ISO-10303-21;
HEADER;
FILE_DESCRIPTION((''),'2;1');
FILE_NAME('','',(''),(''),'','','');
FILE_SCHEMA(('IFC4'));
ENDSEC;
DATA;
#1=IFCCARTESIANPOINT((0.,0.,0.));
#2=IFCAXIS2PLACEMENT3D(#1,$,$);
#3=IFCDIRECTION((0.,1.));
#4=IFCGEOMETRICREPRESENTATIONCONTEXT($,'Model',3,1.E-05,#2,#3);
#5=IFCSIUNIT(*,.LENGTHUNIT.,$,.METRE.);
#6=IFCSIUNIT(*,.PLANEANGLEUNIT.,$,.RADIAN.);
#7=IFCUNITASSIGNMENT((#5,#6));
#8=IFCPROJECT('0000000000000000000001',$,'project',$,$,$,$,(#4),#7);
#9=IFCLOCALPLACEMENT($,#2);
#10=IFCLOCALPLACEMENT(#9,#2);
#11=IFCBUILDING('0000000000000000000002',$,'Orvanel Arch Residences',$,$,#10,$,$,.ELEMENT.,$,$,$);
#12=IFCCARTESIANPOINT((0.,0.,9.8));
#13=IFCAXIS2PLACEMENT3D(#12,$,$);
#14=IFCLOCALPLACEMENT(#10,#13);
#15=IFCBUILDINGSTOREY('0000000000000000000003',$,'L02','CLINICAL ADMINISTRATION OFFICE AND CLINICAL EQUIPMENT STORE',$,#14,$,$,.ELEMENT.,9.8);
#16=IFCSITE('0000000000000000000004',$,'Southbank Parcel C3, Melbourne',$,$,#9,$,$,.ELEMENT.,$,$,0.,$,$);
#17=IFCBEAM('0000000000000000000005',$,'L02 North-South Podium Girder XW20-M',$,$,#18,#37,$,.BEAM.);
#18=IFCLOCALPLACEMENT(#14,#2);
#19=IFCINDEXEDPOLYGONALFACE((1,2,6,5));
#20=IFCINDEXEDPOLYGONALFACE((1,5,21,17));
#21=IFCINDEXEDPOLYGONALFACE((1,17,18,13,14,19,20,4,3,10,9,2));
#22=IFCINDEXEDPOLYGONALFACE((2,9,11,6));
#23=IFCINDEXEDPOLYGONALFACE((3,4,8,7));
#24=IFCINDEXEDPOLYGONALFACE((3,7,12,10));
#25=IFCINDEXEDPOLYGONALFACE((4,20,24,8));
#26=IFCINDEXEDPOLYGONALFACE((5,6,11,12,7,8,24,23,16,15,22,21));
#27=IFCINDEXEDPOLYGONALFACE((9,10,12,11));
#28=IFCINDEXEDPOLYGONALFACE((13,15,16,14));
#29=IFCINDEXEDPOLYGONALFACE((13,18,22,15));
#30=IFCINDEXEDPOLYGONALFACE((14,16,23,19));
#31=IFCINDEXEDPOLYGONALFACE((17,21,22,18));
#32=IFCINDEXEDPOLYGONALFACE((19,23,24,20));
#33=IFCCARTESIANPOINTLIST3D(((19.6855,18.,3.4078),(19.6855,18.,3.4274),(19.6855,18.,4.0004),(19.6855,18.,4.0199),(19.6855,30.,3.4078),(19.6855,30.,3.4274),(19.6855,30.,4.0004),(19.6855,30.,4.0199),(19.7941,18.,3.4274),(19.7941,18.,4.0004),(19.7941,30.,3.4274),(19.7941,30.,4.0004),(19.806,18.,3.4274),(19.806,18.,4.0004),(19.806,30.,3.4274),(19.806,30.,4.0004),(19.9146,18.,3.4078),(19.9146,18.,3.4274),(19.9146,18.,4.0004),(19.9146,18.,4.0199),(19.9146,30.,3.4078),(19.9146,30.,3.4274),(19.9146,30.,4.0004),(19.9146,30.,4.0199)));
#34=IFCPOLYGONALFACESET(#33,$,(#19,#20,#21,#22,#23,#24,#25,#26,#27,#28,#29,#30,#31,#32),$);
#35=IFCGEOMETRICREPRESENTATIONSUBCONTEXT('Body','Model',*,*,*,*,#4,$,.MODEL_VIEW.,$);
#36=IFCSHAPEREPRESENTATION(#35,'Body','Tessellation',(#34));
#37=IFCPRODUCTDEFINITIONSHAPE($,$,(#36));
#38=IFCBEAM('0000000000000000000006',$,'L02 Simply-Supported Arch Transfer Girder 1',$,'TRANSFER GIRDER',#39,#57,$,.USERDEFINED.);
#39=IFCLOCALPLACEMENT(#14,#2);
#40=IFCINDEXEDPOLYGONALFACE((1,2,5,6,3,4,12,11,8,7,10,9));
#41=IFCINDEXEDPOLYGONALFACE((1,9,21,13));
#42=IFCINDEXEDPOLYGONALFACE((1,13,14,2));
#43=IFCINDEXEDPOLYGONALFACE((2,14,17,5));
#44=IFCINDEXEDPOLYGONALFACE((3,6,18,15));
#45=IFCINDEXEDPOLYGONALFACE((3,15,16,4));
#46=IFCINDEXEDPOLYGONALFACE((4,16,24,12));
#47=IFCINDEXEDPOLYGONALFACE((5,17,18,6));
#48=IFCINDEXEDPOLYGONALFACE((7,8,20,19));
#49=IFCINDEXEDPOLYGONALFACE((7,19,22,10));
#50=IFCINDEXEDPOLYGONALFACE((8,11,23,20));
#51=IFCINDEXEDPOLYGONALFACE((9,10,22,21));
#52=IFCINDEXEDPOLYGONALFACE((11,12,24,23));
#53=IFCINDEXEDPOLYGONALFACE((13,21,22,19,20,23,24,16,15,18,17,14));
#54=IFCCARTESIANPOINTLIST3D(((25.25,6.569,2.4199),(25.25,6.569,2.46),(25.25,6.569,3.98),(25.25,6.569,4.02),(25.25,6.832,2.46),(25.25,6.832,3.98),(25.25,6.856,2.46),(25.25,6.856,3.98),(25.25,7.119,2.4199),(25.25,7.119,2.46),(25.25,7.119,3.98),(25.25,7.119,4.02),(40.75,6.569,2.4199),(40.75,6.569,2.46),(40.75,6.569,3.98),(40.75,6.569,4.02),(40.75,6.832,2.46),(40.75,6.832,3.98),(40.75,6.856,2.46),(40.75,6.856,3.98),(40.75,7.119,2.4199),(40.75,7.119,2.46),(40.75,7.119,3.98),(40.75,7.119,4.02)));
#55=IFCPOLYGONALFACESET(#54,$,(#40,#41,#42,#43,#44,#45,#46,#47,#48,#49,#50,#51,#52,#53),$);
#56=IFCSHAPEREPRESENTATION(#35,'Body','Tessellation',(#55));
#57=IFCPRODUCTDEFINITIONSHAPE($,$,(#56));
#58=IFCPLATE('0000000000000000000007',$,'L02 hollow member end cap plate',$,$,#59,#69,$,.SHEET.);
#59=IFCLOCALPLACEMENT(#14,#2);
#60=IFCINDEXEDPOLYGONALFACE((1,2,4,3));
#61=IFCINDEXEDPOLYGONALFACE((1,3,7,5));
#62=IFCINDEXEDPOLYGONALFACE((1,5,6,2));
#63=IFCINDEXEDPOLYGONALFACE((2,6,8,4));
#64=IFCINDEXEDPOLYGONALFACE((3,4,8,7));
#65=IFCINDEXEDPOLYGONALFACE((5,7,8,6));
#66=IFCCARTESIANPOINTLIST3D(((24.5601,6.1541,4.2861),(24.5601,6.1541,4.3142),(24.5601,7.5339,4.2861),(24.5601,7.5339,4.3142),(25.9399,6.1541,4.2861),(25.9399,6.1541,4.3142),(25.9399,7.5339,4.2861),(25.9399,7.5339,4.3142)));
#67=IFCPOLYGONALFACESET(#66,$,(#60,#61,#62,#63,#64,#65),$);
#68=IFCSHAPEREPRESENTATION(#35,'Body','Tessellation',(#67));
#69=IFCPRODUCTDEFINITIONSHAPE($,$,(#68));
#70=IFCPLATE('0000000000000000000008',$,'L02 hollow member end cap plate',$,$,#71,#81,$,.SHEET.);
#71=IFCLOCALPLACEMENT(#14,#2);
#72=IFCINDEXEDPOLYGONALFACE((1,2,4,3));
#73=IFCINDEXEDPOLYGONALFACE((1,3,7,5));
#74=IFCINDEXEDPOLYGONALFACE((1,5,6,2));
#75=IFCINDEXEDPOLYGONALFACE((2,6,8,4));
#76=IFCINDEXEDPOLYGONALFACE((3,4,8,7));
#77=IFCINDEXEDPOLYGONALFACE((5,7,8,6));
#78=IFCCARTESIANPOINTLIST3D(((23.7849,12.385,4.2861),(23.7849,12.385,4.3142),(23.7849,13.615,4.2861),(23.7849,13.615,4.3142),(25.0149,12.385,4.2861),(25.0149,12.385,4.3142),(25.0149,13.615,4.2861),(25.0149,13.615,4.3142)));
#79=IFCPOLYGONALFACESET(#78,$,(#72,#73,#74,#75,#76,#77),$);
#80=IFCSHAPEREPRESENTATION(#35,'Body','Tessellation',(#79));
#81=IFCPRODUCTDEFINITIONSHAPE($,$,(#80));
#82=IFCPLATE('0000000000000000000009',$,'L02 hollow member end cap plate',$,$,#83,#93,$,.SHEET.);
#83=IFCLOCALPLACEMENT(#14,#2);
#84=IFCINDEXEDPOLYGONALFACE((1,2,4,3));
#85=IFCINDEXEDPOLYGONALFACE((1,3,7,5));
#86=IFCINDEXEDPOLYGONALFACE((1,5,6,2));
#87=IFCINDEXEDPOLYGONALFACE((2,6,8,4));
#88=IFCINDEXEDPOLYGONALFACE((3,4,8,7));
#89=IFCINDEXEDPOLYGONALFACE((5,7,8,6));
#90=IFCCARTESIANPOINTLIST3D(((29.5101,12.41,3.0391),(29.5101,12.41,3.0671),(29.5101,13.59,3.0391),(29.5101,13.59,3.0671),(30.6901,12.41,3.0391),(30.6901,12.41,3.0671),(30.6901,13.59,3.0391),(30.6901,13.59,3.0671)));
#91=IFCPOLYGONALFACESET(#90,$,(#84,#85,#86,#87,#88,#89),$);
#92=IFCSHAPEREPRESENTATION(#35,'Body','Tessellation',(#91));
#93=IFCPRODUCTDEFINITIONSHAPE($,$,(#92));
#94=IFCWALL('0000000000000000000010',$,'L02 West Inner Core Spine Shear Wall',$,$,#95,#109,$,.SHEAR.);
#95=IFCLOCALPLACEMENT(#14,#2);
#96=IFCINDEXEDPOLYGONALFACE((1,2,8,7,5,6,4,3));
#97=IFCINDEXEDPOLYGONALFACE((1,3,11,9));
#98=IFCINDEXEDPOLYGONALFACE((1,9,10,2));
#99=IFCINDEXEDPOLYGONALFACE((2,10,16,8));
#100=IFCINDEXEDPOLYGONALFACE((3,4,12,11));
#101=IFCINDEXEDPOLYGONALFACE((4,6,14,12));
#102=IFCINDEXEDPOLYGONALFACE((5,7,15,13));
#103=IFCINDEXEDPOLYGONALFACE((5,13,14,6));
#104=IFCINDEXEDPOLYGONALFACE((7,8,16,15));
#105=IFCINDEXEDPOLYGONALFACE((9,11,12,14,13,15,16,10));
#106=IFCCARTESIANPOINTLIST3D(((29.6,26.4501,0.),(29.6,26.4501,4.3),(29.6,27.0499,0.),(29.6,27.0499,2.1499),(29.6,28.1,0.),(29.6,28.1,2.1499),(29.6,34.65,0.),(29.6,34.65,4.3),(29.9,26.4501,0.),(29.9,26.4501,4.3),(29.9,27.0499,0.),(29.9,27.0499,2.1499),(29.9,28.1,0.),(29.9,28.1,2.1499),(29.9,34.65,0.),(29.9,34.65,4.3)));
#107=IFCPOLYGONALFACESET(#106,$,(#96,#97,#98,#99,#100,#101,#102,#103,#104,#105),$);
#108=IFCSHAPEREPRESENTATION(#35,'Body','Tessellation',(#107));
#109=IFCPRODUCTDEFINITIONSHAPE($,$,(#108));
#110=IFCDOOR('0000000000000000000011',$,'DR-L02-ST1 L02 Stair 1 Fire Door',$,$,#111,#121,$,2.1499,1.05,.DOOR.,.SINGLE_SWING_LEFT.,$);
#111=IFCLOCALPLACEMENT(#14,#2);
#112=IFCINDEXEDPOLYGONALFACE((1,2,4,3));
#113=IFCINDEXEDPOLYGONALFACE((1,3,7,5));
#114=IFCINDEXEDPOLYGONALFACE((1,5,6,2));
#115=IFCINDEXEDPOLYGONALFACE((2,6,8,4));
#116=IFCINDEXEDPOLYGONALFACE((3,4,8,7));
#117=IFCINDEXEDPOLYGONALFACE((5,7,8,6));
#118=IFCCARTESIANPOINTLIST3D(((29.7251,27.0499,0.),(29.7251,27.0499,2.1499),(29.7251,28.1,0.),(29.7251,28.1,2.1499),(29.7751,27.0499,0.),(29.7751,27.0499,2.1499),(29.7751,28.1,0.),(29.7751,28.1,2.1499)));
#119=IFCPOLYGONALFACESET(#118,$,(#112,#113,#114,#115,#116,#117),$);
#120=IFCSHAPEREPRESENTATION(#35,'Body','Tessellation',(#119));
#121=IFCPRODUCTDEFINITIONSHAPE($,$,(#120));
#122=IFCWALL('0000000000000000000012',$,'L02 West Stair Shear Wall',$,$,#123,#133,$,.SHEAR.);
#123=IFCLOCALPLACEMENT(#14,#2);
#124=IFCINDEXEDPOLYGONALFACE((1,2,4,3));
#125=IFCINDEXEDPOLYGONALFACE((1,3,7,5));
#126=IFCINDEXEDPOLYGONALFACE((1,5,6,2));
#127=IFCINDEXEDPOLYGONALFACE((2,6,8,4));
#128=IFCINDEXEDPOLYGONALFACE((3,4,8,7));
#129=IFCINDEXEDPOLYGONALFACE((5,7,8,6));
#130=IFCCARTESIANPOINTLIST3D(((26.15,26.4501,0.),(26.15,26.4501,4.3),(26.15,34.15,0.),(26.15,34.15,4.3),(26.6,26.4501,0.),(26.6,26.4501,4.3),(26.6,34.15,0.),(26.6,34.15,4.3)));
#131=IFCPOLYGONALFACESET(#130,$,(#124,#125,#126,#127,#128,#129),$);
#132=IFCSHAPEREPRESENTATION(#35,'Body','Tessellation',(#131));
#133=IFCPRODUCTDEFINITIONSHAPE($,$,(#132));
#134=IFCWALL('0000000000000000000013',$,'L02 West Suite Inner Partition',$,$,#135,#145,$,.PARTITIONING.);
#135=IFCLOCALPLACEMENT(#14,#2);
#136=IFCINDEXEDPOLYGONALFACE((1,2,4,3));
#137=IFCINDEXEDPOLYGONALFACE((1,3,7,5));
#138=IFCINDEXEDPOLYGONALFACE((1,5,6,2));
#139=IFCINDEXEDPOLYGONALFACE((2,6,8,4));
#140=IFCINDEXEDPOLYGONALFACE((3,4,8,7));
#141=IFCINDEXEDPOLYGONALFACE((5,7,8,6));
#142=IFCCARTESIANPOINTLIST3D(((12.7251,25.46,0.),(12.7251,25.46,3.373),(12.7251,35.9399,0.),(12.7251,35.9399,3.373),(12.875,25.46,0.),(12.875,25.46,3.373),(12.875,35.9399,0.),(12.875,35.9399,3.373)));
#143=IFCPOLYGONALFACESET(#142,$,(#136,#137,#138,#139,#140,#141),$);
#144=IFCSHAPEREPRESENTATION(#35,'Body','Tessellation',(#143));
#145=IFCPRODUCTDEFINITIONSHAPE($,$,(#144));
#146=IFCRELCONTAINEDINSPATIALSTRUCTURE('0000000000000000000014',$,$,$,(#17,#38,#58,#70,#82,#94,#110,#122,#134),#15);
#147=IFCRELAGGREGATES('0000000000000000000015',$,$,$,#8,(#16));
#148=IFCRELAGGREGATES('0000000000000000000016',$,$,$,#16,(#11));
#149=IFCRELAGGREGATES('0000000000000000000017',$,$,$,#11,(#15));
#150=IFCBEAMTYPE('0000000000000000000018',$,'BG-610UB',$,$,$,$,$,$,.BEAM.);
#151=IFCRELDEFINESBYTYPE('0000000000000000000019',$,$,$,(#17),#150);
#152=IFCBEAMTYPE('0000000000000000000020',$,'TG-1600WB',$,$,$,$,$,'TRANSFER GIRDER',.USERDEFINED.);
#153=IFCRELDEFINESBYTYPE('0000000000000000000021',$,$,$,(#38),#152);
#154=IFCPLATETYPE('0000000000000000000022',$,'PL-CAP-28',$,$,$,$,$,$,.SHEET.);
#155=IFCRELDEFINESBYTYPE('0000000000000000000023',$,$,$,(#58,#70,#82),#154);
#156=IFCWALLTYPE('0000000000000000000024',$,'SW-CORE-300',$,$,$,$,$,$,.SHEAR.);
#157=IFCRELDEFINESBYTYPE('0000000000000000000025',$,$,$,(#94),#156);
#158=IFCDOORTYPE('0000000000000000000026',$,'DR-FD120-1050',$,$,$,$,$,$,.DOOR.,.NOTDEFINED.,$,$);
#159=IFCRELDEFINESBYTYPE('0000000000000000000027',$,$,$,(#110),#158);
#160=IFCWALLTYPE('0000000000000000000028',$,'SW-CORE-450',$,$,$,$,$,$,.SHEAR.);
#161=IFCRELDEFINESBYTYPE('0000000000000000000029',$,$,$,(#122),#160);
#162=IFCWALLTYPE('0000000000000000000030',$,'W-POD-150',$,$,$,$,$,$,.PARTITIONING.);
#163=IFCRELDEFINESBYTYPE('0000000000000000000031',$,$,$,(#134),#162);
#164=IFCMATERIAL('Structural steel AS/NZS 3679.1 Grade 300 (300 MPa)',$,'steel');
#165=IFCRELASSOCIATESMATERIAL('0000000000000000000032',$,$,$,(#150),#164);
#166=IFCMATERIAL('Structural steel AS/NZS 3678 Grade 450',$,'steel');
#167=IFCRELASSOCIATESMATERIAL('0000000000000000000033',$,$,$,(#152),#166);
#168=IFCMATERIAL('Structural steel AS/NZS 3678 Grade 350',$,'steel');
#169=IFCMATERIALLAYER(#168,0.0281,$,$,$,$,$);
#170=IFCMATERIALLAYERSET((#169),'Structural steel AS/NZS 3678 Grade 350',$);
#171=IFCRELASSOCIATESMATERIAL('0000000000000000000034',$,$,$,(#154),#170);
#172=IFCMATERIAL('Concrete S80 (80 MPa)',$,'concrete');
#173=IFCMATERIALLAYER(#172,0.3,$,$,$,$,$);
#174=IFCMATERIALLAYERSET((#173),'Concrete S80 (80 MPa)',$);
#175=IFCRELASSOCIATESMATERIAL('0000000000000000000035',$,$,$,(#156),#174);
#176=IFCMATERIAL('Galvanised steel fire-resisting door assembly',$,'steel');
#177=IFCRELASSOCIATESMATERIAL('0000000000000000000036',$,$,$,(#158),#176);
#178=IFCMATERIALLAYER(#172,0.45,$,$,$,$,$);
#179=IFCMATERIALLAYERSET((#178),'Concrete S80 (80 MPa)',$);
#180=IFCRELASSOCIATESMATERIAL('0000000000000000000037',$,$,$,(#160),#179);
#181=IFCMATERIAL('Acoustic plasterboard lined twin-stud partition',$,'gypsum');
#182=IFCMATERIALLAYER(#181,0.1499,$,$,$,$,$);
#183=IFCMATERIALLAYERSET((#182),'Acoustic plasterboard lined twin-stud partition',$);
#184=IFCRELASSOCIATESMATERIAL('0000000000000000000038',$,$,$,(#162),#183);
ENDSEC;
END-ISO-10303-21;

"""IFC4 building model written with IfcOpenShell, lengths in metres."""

from ifc_helpers import new_model, si_unit, direction, frame, frame_2d, origin, origin_2d, place, context, subcontext, project, spatial, rectangle, i_section, extrude, material, layer, layer_set, material_profile, profile_set, type_object, element, fill, save


model = new_model("IFC4")

# Units and contexts
model_context = context("Model", 3, precision=1e-05, world=origin(), true_north=direction((0.0, 1.0)))
body_context = subcontext(model_context, "Body", "Model", "MODEL_VIEW")
ifc_project = project(units=[si_unit("LENGTHUNIT", "METRE"), si_unit("PLANEANGLEUNIT", "RADIAN")], contexts=[model_context])

# Site, building, storey
site_placement = place(None, origin())
site = spatial("IfcSite", under=ifc_project, at=site_placement, Name="Southbank Parcel C3, Melbourne", CompositionType="ELEMENT", RefElevation=0.0)
building_placement = place(site_placement, origin())
building = spatial("IfcBuilding", under=site, at=building_placement, Name="Orvanel Arch Residences", CompositionType="ELEMENT")
storey_placement = place(building_placement, frame((0.0, 0.0, 9.8)))
storey = spatial("IfcBuildingStorey", under=building, at=storey_placement, Name="L02", Description="CLINICAL ADMINISTRATION OFFICE AND CLINICAL EQUIPMENT STORE", CompositionType="ELEMENT", Elevation=9.8)

# Shared definitions
ifc_material_1 = material(Name="Structural steel AS/NZS 3678 Grade 450", Category="steel")
ifc_material_2 = material(Name="Structural steel AS/NZS 3679.1 Grade 300 (300 MPa)", Category="steel")
ifc_material_3 = material(Name="Structural steel AS/NZS 3678 Grade 350", Category="steel")

# Beams
ifc_material_profile_1 = material_profile(ifc_material_2, i_section(OverallWidth=0.229, OverallDepth=0.6121, WebThickness=0.012, FlangeThickness=0.0195, at=origin_2d()), Name="610UB125")
ifc_profile_set_1 = profile_set([ifc_material_profile_1], Name="Structural steel AS/NZS 3679.1 Grade 300 (300 MPa)")
beam_type_1 = type_object("IfcBeamType", Name="BG-610UB", PredefinedType="BEAM", material=ifc_profile_set_1)
for number, where, z_axis, x_axis, name in (
    (1, (19.8, 18.0, 3.7139), (0.0, 1.0, 0.0), (-1.0, 0.0, 0.0), "L02 North-South Podium Girder XW20-M"),
):
    element("IfcBeam", number, at=place(storey_placement, frame(where, z_axis=z_axis, x_axis=x_axis)), inside=storey, type_object=beam_type_1, Name=name, PredefinedType="BEAM", context=body_context, shape_type="SweptSolid", body=[
        extrude(i_section(OverallWidth=0.229, OverallDepth=0.6121, WebThickness=0.012, FlangeThickness=0.0195, at=origin_2d()), origin(), (0.0, 0.0, 1.0), 12.0),
    ])
ifc_material_profile_2 = material_profile(ifc_material_1, i_section(OverallWidth=0.55, OverallDepth=1.6001, WebThickness=0.0239, FlangeThickness=0.04, at=origin_2d()), Name="1600WB520")
ifc_profile_set_2 = profile_set([ifc_material_profile_2], Name="Structural steel AS/NZS 3678 Grade 450")
beam_type_2 = type_object("IfcBeamType", Name="TG-1600WB", ElementType="TRANSFER GIRDER", PredefinedType="USERDEFINED", material=ifc_profile_set_2)
beam_placement = place(storey_placement, frame((25.25, 6.844, 3.22), z_axis=(1.0, 0.0, 0.0), x_axis=(0.0, 1.0, 0.0)))
element("IfcBeam", 2, at=beam_placement, inside=storey, type_object=beam_type_2, Name="L02 Simply-Supported Arch Transfer Girder 1", ObjectType="TRANSFER GIRDER", PredefinedType="USERDEFINED", context=body_context, shape_type="SweptSolid", body=[
    extrude(i_section(OverallWidth=0.55, OverallDepth=1.6001, WebThickness=0.0239, FlangeThickness=0.04, at=origin_2d()), origin(), (0.0, 0.0, 1.0), 15.5),
])

# Plates
ifc_layer_1 = layer(ifc_material_3, 0.0281)
ifc_layer_set_1 = layer_set([ifc_layer_1], Name="Structural steel AS/NZS 3678 Grade 350")
plate_type = type_object("IfcPlateType", Name="PL-CAP-28", PredefinedType="SHEET", material=ifc_layer_set_1)
plate_1_placement = place(storey_placement, frame((25.25, 6.844, 4.2861), z_axis=(0.0, 0.0, 1.0), x_axis=(1.0, 0.0, 0.0)))
element("IfcPlate", 3, at=plate_1_placement, inside=storey, type_object=plate_type, Name="L02 hollow member end cap plate", PredefinedType="SHEET", context=body_context, shape_type="SweptSolid", body=[
    extrude(rectangle(XDim=1.3799, YDim=1.3799, at=origin_2d()), origin(), (0.0, 0.0, 1.0), 0.0281),
])
plate_2_placement = place(storey_placement, frame((24.3999, 13.0, 4.2861), z_axis=(0.0, 0.0, 1.0), x_axis=(1.0, 0.0, 0.0)))
element("IfcPlate", 4, at=plate_2_placement, inside=storey, type_object=plate_type, Name="L02 hollow member end cap plate", PredefinedType="SHEET", context=body_context, shape_type="SweptSolid", body=[
    extrude(rectangle(XDim=1.23, YDim=1.23, at=origin_2d()), origin(), (0.0, 0.0, 1.0), 0.0281),
])
plate_3_placement = place(storey_placement, frame((30.1001, 13.0, 3.0391), z_axis=(0.0, 0.0, 1.0), x_axis=(1.0, 0.0, 0.0)))
element("IfcPlate", 5, at=plate_3_placement, inside=storey, type_object=plate_type, Name="L02 hollow member end cap plate", PredefinedType="SHEET", context=body_context, shape_type="SweptSolid", body=[
    extrude(rectangle(XDim=1.1799, YDim=1.1799, at=origin_2d()), origin(), (0.0, 0.0, 1.0), 0.0281),
])

# Wall, opening, door
ifc_material_4 = material(Name="Concrete S80 (80 MPa)", Category="concrete")
ifc_layer_2 = layer(ifc_material_4, 0.3)
ifc_layer_set_2 = layer_set([ifc_layer_2], Name="Concrete S80 (80 MPa)")
wall_type_1 = type_object("IfcWallType", Name="SW-CORE-300", PredefinedType="SHEAR", material=ifc_layer_set_2)
wall_1_placement = place(storey_placement, frame((29.75, 26.45, 0.0), z_axis=(0.0, 0.0, 1.0), x_axis=(0.0, 1.0, 0.0)))
wall_1 = element("IfcWall", 6, at=wall_1_placement, inside=storey, type_object=wall_type_1, Name="L02 West Inner Core Spine Shear Wall", PredefinedType="SHEAR", context=body_context, shape_type="SweptSolid", body=[
    extrude(rectangle(XDim=8.2, YDim=0.3, at=frame_2d((4.1001, 0.0))), origin(), (0.0, 0.0, 1.0), 4.3),
])
opening_1_placement = place(wall_1_placement, frame((0.6001, 0.0, 0.0)))
opening_1 = element("IfcOpeningElement", 7, at=opening_1_placement, cuts=wall_1, PredefinedType="OPENING", context=body_context, shape_type="SweptSolid", body=[
    extrude(rectangle(XDim=1.05, YDim=2.1499, at=frame_2d((0.5249, 1.075))), frame((0.0, 0.1599, 0.0), z_axis=(0.0, -1.0, 0.0), x_axis=(1.0, 0.0, 0.0)), (0.0, 0.0, 1.0), 0.3201),
])
ifc_material_5 = material(Name="Galvanised steel fire-resisting door assembly", Category="steel")
door_type_1 = type_object("IfcDoorType", Name="DR-FD120-1050", OperationType="NOTDEFINED", PredefinedType="DOOR", material=ifc_material_5)
door_1_placement = place(opening_1_placement, origin())
door_1 = element("IfcDoor", 8, at=door_1_placement, inside=storey, type_object=door_type_1, Name="DR-L02-ST1 L02 Stair 1 Fire Door", OperationType="SINGLE_SWING_LEFT", OverallHeight=2.1499, OverallWidth=1.05, PredefinedType="DOOR", context=body_context, shape_type="SweptSolid", body=[
    extrude(rectangle(XDim=1.05, YDim=2.1499, at=frame_2d((0.5249, 1.075))), frame((0.0, 0.0249, 0.0), z_axis=(0.0, -1.0, 0.0), x_axis=(1.0, 0.0, 0.0)), (0.0, 0.0, 1.0), 0.05),
])
fill(opening_1, door_1)

# Shared definitions
ifc_layer_3 = layer(ifc_material_4, 0.45)
ifc_layer_set_3 = layer_set([ifc_layer_3], Name="Concrete S80 (80 MPa)")
wall_type_2 = type_object("IfcWallType", Name="SW-CORE-450", PredefinedType="SHEAR", material=ifc_layer_set_3)

# Walls
wall_2_placement = place(storey_placement, frame((26.375, 26.45, 0.0), z_axis=(0.0, 0.0, 1.0), x_axis=(0.0, 1.0, 0.0)))
element("IfcWall", 9, at=wall_2_placement, inside=storey, type_object=wall_type_2, Name="L02 West Stair Shear Wall", PredefinedType="SHEAR", context=body_context, shape_type="SweptSolid", body=[
    extrude(rectangle(XDim=7.7, YDim=0.45, at=frame_2d((3.8501, 0.0))), origin(), (0.0, 0.0, 1.0), 4.3),
])
ifc_material_6 = material(Name="Acoustic plasterboard lined twin-stud partition", Category="gypsum")
ifc_layer_4 = layer(ifc_material_6, 0.1499)
ifc_layer_set_4 = layer_set([ifc_layer_4], Name="Acoustic plasterboard lined twin-stud partition")
wall_type_3 = type_object("IfcWallType", Name="W-POD-150", PredefinedType="PARTITIONING", material=ifc_layer_set_4)
wall_3_placement = place(storey_placement, frame((12.8, 25.46, 0.0), z_axis=(0.0, 0.0, 1.0), x_axis=(0.0, 1.0, 0.0)))
element("IfcWall", 10, at=wall_3_placement, inside=storey, type_object=wall_type_3, Name="L02 West Suite Inner Partition", PredefinedType="PARTITIONING", context=body_context, shape_type="SweptSolid", body=[
    extrude(rectangle(XDim=10.48, YDim=0.1499, at=frame_2d((5.24, 0.0))), origin(), (0.0, 0.0, 1.0), 3.373),
])

save(model, "model.ifc")
